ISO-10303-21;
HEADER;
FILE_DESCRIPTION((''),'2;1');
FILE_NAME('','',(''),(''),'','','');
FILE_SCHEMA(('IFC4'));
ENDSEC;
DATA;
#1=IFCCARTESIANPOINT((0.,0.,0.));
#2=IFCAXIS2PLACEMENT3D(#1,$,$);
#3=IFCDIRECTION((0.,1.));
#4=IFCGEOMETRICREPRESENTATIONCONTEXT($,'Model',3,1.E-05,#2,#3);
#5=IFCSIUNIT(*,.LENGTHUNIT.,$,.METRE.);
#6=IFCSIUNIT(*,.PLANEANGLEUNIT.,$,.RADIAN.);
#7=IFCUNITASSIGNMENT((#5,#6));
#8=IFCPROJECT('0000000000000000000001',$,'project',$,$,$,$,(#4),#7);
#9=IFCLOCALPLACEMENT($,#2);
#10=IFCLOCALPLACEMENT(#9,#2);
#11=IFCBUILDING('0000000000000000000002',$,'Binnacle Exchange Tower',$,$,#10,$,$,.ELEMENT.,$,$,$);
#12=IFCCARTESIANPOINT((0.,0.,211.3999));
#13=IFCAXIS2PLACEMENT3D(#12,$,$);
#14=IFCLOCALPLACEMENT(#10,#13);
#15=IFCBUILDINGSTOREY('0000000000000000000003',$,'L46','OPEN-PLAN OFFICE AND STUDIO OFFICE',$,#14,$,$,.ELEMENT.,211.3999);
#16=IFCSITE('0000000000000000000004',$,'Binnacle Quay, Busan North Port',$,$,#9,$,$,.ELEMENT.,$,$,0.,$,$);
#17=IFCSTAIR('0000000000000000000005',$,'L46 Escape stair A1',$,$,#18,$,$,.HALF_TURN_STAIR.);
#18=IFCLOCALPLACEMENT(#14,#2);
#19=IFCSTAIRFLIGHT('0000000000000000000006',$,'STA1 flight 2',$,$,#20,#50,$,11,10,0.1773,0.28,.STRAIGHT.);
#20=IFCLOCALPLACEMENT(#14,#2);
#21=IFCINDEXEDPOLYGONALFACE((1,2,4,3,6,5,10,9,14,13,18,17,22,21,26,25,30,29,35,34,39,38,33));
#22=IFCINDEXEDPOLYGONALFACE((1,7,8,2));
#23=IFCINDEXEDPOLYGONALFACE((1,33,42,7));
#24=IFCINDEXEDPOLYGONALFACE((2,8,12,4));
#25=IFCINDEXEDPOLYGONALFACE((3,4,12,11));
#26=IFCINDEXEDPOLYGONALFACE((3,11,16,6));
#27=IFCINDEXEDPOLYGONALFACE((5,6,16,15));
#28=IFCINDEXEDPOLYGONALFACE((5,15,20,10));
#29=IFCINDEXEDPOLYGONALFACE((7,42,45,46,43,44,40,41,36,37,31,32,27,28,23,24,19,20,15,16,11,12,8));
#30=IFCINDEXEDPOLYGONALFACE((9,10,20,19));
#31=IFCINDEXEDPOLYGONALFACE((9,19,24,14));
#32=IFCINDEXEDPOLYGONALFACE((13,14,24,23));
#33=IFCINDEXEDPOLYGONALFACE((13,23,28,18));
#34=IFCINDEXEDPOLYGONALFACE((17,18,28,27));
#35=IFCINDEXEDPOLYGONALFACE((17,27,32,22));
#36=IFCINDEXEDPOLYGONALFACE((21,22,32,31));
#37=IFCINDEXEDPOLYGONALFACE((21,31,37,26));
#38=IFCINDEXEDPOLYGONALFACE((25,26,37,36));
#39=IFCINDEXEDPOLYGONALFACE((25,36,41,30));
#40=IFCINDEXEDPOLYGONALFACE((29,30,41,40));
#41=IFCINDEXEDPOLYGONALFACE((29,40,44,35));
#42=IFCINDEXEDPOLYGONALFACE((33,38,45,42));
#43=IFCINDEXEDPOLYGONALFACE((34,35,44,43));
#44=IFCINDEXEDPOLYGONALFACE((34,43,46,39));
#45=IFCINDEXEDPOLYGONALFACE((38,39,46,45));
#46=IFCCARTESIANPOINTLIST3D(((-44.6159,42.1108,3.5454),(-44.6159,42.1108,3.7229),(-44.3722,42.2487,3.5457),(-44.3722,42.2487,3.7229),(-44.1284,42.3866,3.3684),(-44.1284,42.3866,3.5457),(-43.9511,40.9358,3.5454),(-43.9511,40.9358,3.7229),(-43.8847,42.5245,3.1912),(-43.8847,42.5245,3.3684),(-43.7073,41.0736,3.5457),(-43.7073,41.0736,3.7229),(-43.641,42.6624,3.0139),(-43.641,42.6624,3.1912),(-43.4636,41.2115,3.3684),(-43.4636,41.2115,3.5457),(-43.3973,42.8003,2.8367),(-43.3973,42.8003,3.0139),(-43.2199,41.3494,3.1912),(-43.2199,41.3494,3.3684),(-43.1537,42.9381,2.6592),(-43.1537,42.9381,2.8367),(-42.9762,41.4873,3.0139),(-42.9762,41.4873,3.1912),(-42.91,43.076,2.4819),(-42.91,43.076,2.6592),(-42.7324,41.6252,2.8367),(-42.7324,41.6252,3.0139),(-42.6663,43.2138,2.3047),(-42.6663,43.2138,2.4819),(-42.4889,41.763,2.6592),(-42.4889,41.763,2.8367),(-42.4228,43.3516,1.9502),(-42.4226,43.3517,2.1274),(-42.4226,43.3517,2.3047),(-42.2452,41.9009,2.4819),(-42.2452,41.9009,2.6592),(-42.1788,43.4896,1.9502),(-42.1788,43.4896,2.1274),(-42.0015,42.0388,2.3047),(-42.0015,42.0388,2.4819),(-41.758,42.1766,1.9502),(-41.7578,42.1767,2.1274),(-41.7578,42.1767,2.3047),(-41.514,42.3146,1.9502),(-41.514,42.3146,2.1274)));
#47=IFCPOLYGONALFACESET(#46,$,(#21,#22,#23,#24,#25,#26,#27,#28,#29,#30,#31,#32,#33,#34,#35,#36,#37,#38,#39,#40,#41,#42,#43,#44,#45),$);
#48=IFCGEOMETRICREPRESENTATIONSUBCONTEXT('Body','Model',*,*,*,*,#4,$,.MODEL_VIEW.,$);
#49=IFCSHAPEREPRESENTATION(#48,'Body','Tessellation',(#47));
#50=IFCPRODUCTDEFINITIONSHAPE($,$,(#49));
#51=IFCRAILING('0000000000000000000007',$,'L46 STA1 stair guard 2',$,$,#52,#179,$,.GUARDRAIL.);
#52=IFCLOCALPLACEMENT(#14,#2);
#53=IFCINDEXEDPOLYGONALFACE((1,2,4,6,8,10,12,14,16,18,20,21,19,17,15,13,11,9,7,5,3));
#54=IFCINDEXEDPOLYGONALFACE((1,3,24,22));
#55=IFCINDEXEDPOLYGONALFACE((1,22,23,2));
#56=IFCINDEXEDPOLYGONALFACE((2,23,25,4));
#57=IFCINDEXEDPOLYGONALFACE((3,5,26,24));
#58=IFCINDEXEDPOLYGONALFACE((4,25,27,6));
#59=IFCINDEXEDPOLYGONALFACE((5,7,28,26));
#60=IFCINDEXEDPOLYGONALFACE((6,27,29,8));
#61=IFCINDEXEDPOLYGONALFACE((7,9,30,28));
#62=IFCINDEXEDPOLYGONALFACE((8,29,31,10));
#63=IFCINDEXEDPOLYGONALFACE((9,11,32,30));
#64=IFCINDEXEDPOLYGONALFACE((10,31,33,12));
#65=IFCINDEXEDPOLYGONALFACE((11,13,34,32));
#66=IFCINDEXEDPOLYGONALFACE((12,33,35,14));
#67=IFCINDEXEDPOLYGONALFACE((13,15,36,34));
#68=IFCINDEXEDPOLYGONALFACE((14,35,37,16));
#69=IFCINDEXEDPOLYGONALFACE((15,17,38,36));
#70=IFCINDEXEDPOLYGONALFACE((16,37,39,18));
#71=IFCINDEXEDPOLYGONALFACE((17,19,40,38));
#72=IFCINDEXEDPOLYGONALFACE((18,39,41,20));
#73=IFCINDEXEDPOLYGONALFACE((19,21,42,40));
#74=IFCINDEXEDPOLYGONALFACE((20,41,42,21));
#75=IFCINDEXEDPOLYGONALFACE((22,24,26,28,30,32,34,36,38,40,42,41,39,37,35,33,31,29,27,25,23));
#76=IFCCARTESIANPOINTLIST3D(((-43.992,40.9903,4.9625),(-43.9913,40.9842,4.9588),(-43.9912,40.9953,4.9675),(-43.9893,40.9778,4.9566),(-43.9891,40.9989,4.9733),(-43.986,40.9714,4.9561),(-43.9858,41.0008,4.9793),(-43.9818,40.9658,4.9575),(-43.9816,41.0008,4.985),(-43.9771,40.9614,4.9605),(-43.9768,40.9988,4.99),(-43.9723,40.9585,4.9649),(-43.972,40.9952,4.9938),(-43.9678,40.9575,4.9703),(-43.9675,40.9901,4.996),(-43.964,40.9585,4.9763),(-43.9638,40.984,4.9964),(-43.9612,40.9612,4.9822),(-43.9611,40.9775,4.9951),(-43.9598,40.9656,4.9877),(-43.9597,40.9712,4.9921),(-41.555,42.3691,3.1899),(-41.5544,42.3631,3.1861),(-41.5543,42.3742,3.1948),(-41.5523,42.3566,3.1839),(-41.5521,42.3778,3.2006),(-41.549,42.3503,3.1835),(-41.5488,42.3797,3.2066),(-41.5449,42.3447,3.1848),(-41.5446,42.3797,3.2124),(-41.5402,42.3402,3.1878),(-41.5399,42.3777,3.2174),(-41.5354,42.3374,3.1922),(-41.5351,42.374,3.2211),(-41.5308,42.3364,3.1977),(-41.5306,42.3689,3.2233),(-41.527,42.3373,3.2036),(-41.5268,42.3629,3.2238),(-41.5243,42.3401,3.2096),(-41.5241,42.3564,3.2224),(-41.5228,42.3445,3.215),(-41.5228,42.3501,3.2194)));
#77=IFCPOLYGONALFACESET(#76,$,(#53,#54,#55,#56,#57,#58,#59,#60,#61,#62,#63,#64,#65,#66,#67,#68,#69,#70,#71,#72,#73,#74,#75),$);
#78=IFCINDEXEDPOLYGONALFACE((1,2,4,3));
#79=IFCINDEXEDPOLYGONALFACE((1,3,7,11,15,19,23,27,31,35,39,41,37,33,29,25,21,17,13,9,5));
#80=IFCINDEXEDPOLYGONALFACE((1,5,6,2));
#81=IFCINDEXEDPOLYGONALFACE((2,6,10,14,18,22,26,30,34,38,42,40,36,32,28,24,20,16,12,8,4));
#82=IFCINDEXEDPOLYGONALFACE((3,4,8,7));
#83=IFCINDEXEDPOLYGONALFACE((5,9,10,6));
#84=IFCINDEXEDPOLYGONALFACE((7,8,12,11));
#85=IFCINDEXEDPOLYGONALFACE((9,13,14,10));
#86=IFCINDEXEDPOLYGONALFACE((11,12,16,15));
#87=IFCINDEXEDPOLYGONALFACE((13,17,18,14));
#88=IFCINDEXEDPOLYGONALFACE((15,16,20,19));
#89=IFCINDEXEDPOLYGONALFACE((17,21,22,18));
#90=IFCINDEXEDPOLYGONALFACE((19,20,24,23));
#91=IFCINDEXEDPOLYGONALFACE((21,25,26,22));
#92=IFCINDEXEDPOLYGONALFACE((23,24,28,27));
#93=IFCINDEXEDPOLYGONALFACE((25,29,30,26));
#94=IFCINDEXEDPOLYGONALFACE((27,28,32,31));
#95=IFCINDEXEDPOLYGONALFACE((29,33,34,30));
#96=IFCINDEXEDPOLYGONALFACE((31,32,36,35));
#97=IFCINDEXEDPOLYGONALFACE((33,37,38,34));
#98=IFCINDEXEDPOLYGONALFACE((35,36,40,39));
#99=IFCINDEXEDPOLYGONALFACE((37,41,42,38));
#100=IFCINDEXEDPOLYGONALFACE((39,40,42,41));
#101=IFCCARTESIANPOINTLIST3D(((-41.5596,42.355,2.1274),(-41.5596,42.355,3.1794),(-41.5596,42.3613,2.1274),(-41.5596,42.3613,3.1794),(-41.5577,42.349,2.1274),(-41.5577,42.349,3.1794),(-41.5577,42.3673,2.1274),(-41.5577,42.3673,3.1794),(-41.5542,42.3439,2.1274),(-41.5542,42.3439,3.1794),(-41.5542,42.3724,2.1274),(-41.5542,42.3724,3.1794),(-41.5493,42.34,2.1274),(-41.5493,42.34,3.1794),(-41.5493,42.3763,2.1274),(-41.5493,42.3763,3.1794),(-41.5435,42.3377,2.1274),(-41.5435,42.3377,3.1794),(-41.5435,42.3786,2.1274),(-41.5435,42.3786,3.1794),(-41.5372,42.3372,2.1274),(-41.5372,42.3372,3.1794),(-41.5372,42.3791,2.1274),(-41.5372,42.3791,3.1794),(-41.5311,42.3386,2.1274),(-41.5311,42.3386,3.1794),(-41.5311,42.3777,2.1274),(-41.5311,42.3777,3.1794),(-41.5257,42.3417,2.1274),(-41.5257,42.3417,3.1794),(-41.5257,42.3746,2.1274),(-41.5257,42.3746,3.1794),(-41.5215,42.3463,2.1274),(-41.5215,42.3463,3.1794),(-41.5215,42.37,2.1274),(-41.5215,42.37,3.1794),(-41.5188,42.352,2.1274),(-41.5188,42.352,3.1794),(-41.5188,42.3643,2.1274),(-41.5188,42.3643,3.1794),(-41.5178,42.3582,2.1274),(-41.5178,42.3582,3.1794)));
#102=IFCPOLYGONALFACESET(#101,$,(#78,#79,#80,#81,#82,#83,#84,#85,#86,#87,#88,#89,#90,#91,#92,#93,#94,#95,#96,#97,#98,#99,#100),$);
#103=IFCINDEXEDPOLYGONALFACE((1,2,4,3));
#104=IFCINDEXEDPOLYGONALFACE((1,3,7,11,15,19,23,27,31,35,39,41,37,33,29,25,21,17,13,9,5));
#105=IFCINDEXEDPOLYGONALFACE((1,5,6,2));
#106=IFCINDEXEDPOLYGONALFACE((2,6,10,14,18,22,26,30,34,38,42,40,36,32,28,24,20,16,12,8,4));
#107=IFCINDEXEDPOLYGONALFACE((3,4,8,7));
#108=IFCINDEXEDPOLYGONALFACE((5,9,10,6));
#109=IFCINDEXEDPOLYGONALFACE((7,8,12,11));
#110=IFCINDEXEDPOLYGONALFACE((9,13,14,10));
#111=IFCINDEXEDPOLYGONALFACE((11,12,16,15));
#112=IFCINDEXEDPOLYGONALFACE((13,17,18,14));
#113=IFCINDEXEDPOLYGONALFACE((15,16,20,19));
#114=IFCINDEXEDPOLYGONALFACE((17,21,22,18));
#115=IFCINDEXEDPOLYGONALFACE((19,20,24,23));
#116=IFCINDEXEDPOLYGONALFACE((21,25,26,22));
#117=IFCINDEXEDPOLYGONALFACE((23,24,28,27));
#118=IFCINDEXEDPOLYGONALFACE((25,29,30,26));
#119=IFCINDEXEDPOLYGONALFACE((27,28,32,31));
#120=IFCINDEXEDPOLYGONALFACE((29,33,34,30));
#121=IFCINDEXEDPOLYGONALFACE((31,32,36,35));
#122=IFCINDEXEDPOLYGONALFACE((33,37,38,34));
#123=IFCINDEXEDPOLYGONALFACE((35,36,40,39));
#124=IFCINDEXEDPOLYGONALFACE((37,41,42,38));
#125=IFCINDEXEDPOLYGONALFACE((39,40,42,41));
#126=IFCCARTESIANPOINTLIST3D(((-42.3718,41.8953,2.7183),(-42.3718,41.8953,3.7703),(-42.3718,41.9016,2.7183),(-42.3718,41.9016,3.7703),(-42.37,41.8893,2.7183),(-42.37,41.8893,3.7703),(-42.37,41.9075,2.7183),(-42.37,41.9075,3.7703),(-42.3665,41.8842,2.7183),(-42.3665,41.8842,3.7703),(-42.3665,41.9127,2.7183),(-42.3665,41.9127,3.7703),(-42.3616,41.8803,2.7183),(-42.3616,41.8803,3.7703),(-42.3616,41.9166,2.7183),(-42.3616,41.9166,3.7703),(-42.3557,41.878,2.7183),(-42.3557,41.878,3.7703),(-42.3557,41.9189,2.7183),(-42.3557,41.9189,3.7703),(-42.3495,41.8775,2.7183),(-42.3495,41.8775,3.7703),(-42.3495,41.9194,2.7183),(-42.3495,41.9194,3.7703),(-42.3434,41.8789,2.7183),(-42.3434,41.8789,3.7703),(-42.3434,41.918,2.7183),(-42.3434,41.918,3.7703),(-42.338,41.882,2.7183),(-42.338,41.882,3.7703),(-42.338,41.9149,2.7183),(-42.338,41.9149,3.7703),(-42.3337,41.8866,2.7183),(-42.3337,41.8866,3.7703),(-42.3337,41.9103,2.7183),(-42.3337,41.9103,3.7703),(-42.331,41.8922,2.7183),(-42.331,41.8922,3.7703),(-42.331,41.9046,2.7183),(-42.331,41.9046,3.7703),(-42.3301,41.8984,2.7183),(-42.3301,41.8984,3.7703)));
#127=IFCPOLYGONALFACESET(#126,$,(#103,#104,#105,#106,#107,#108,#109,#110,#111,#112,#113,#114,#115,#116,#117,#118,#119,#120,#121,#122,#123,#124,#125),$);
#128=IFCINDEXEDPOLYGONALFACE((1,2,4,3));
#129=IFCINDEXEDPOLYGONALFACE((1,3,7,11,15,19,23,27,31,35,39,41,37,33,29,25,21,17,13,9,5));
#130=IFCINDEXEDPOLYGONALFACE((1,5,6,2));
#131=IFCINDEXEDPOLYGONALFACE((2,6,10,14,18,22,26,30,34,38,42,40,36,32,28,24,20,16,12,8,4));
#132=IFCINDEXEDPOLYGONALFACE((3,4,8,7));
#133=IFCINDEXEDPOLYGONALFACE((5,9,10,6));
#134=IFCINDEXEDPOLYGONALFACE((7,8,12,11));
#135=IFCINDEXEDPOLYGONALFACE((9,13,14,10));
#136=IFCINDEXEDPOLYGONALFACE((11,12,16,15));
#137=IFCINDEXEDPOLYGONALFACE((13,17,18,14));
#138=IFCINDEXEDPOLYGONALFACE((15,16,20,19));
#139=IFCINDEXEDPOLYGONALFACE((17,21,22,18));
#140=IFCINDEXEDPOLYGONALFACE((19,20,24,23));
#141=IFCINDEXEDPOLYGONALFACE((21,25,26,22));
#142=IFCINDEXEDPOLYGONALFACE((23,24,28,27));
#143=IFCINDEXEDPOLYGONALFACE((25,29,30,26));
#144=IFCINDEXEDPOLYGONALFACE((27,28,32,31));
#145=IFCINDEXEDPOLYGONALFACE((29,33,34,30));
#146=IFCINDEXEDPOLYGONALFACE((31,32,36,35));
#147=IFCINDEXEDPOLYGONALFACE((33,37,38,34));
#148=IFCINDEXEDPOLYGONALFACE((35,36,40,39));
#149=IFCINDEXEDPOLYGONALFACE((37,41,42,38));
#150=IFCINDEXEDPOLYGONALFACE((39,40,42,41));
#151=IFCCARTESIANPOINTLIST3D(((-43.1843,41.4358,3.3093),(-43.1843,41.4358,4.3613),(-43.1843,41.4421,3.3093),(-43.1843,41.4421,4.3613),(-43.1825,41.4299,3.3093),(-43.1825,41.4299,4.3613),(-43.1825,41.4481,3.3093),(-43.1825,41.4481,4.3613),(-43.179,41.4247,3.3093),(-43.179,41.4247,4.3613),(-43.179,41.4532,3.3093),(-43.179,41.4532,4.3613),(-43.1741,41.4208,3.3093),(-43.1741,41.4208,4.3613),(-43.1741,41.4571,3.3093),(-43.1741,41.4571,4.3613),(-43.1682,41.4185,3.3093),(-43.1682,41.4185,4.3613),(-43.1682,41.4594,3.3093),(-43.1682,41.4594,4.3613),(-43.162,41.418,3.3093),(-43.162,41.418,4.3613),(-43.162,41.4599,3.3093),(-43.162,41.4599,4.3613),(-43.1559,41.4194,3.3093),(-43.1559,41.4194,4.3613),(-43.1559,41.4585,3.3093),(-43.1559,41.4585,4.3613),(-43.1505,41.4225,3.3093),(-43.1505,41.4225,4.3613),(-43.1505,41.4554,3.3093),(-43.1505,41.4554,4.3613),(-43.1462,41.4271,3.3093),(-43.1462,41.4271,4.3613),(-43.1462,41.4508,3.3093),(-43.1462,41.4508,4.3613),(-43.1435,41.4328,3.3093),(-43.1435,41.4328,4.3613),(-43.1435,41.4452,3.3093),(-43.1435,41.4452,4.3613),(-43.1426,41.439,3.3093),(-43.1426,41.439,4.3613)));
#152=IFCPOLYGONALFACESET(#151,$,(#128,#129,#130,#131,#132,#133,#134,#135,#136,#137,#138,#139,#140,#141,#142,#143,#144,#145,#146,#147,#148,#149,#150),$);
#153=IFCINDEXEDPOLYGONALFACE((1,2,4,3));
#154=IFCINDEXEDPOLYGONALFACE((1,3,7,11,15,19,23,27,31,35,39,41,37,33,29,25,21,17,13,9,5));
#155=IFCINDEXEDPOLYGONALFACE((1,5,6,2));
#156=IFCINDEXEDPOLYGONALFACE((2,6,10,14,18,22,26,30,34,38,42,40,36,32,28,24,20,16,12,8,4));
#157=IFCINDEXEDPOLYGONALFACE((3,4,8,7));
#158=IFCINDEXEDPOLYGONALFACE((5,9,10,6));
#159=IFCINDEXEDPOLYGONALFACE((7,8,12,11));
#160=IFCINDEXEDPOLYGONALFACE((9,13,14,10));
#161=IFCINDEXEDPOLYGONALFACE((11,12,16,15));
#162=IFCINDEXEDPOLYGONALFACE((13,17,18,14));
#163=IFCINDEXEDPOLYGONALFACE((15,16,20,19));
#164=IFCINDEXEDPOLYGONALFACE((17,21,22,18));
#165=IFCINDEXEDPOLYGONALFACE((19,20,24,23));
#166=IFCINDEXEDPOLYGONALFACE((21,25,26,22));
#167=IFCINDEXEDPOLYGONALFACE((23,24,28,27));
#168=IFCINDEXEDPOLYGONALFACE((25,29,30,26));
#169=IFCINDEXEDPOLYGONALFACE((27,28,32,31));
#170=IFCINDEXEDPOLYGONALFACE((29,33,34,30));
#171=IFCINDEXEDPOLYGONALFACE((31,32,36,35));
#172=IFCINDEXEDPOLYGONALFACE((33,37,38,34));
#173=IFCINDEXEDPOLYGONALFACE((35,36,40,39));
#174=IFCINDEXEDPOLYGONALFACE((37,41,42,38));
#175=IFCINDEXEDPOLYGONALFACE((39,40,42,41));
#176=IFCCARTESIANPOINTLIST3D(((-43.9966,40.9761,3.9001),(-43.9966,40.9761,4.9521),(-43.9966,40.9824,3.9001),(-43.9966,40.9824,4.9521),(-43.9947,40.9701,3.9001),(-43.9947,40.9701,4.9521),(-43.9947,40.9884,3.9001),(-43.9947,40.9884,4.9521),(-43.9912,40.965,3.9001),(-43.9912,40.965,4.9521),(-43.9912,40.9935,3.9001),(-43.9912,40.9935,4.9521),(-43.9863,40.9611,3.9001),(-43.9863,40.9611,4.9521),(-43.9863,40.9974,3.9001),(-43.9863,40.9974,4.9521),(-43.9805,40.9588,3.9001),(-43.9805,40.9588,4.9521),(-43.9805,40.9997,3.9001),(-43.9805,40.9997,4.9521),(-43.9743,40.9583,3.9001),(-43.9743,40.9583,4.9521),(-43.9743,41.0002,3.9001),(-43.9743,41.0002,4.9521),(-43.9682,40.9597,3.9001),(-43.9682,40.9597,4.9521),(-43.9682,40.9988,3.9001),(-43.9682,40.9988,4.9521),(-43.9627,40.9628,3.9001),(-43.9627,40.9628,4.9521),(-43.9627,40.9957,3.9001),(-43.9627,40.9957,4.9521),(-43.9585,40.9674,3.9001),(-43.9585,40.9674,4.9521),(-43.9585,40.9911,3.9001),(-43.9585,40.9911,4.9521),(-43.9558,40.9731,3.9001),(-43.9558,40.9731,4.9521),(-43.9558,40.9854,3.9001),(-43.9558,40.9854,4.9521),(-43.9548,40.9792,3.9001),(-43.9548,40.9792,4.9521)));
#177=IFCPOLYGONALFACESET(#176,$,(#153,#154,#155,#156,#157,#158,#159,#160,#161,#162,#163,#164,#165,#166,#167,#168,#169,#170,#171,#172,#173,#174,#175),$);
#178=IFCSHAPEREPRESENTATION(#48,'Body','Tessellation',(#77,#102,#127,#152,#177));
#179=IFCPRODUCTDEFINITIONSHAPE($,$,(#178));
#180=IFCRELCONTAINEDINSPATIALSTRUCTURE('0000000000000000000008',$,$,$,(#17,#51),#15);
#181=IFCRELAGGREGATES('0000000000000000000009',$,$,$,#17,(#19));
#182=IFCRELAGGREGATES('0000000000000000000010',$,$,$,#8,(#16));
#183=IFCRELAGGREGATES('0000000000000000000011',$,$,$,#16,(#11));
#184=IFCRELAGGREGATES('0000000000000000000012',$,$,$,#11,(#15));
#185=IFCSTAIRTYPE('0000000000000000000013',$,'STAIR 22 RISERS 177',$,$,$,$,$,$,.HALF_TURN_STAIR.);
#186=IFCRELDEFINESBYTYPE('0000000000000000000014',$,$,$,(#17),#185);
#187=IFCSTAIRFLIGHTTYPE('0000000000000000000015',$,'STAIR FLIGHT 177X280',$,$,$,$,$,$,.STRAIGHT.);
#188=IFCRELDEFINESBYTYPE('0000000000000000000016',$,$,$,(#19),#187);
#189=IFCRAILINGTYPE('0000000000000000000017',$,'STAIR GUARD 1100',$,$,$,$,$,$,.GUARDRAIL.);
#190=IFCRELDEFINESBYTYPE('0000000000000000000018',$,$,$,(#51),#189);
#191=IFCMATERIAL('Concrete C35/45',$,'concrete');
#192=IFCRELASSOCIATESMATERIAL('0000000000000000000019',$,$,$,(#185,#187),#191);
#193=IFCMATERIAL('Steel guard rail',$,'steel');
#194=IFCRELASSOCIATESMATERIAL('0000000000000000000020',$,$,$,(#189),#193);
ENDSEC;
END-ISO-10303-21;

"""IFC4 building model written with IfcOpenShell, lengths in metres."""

from ifc_helpers import new_model, si_unit, direction, frame, origin, origin_2d, place, context, subcontext, project, spatial, polyline, circle, outline, extrude, material, type_object, element, aggregate, save


model = new_model("IFC4")

# Units and contexts
model_context = context("Model", 3, precision=1e-05, world=origin(), true_north=direction((0.0, 1.0)))
body_context = subcontext(model_context, "Body", "Model", "MODEL_VIEW")
ifc_project = project(units=[si_unit("LENGTHUNIT", "METRE"), si_unit("PLANEANGLEUNIT", "RADIAN")], contexts=[model_context])

# Site, building, storey
site_placement = place(None, origin())
site = spatial("IfcSite", under=ifc_project, at=site_placement, Name="Binnacle Quay, Busan North Port", CompositionType="ELEMENT", RefElevation=0.0)
building_placement = place(site_placement, origin())
building = spatial("IfcBuilding", under=site, at=building_placement, Name="Binnacle Exchange Tower", CompositionType="ELEMENT")
storey_placement = place(building_placement, frame((0.0, 0.0, 211.3999)))
storey = spatial("IfcBuildingStorey", under=building, at=storey_placement, Name="L46", Description="OPEN-PLAN OFFICE AND STUDIO OFFICE", CompositionType="ELEMENT", Elevation=211.3999)

# Stair, stair flight
ifc_material_1 = material(Name="Concrete C35/45", Category="concrete")
stair_type = type_object("IfcStairType", Name="STAIR 22 RISERS 177", PredefinedType="HALF_TURN_STAIR", material=ifc_material_1)
stair_placement = place(storey_placement, origin())
stair = element("IfcStair", 1, at=stair_placement, inside=storey, type_object=stair_type, Name="L46 Escape stair A1", PredefinedType="HALF_TURN_STAIR")
stair_flight_type = type_object("IfcStairFlightType", Name="STAIR FLIGHT 177X280", PredefinedType="STRAIGHT", material=ifc_material_1)
stair_flight_1_placement = place(storey_placement, frame((-41.8464, 42.9021, 1.9502), z_axis=(0.0, 0.0, 1.0), x_axis=(-0.870356, -0.492424, 0.0)))
stair_flight_1 = element("IfcStairFlight", 2, at=stair_flight_1_placement, type_object=stair_flight_type, Name="STA1 flight 2", NumberOfRisers=11, NumberOfTreads=10, PredefinedType="STRAIGHT", RiserHeight=0.1773, TreadLength=0.28, context=body_context, shape_type="SweptSolid", body=[
    extrude(outline(polyline([(0.0, 0.0), (0.0, 0.1772), (0.28, 0.1772), (0.28, 0.3545), (0.5601, 0.3545), (0.5601, 0.5317), (0.8401, 0.5317), (0.8401, 0.709), (1.1201, 0.709), (1.1201, 0.8865), (1.3999, 0.8865), (1.3999, 1.0637), (1.6799, 1.0637), (1.6799, 1.241), (1.96, 1.241), (1.96, 1.4182), (2.24, 1.4182), (2.24, 1.5955), (2.52, 1.5955), (2.52, 1.7727), (2.8, 1.7727), (2.8, 1.95), (2.8, 1.5952), (0.2803, 0.0), (0.0, 0.0)])), frame((0.0, 0.675, 0.0), z_axis=(0.0, -1.0, 0.0), x_axis=(1.0, 0.0, 0.0)), (0.0, 0.0, 1.0), 1.3501),
])
aggregate(stair, [stair_flight_1])

# Railing
ifc_material_2 = material(Name="Steel guard rail", Category="steel")
railing_type_1 = type_object("IfcRailingType", Name="STAIR GUARD 1100", PredefinedType="GUARDRAIL", material=ifc_material_2)
railing_1_placement = place(storey_placement, frame((-41.5388, 42.3582, 2.1274)))
element("IfcRailing", 3, at=railing_1_placement, inside=storey, type_object=railing_type_1, Name="L46 STA1 stair guard 2", PredefinedType="GUARDRAIL", context=body_context, shape_type="SweptSolid", body=[
    extrude(circle(Radius=0.0239, at=origin_2d()), frame((0.0, 0.0, 1.0762), z_axis=(-0.735359, -0.41608, 0.534907), x_axis=(0.492454, -0.870339, 0.0)), (0.0, 0.0, 1.0), 3.314),
    extrude(circle(Radius=0.021, at=origin_2d()), origin(), (0.0, 0.0, 1.0), 1.052),
    extrude(circle(Radius=0.021, at=origin_2d()), frame((-0.8123, -0.4597, 0.5908)), (0.0, 0.0, 1.0), 1.052),
    extrude(circle(Radius=0.021, at=origin_2d()), frame((-1.6248, -0.9192, 1.1819)), (0.0, 0.0, 1.0), 1.052),
    extrude(circle(Radius=0.021, at=origin_2d()), frame((-2.437, -1.3789, 1.7727)), (0.0, 0.0, 1.0), 1.052),
])

save(model, "model.ifc")
